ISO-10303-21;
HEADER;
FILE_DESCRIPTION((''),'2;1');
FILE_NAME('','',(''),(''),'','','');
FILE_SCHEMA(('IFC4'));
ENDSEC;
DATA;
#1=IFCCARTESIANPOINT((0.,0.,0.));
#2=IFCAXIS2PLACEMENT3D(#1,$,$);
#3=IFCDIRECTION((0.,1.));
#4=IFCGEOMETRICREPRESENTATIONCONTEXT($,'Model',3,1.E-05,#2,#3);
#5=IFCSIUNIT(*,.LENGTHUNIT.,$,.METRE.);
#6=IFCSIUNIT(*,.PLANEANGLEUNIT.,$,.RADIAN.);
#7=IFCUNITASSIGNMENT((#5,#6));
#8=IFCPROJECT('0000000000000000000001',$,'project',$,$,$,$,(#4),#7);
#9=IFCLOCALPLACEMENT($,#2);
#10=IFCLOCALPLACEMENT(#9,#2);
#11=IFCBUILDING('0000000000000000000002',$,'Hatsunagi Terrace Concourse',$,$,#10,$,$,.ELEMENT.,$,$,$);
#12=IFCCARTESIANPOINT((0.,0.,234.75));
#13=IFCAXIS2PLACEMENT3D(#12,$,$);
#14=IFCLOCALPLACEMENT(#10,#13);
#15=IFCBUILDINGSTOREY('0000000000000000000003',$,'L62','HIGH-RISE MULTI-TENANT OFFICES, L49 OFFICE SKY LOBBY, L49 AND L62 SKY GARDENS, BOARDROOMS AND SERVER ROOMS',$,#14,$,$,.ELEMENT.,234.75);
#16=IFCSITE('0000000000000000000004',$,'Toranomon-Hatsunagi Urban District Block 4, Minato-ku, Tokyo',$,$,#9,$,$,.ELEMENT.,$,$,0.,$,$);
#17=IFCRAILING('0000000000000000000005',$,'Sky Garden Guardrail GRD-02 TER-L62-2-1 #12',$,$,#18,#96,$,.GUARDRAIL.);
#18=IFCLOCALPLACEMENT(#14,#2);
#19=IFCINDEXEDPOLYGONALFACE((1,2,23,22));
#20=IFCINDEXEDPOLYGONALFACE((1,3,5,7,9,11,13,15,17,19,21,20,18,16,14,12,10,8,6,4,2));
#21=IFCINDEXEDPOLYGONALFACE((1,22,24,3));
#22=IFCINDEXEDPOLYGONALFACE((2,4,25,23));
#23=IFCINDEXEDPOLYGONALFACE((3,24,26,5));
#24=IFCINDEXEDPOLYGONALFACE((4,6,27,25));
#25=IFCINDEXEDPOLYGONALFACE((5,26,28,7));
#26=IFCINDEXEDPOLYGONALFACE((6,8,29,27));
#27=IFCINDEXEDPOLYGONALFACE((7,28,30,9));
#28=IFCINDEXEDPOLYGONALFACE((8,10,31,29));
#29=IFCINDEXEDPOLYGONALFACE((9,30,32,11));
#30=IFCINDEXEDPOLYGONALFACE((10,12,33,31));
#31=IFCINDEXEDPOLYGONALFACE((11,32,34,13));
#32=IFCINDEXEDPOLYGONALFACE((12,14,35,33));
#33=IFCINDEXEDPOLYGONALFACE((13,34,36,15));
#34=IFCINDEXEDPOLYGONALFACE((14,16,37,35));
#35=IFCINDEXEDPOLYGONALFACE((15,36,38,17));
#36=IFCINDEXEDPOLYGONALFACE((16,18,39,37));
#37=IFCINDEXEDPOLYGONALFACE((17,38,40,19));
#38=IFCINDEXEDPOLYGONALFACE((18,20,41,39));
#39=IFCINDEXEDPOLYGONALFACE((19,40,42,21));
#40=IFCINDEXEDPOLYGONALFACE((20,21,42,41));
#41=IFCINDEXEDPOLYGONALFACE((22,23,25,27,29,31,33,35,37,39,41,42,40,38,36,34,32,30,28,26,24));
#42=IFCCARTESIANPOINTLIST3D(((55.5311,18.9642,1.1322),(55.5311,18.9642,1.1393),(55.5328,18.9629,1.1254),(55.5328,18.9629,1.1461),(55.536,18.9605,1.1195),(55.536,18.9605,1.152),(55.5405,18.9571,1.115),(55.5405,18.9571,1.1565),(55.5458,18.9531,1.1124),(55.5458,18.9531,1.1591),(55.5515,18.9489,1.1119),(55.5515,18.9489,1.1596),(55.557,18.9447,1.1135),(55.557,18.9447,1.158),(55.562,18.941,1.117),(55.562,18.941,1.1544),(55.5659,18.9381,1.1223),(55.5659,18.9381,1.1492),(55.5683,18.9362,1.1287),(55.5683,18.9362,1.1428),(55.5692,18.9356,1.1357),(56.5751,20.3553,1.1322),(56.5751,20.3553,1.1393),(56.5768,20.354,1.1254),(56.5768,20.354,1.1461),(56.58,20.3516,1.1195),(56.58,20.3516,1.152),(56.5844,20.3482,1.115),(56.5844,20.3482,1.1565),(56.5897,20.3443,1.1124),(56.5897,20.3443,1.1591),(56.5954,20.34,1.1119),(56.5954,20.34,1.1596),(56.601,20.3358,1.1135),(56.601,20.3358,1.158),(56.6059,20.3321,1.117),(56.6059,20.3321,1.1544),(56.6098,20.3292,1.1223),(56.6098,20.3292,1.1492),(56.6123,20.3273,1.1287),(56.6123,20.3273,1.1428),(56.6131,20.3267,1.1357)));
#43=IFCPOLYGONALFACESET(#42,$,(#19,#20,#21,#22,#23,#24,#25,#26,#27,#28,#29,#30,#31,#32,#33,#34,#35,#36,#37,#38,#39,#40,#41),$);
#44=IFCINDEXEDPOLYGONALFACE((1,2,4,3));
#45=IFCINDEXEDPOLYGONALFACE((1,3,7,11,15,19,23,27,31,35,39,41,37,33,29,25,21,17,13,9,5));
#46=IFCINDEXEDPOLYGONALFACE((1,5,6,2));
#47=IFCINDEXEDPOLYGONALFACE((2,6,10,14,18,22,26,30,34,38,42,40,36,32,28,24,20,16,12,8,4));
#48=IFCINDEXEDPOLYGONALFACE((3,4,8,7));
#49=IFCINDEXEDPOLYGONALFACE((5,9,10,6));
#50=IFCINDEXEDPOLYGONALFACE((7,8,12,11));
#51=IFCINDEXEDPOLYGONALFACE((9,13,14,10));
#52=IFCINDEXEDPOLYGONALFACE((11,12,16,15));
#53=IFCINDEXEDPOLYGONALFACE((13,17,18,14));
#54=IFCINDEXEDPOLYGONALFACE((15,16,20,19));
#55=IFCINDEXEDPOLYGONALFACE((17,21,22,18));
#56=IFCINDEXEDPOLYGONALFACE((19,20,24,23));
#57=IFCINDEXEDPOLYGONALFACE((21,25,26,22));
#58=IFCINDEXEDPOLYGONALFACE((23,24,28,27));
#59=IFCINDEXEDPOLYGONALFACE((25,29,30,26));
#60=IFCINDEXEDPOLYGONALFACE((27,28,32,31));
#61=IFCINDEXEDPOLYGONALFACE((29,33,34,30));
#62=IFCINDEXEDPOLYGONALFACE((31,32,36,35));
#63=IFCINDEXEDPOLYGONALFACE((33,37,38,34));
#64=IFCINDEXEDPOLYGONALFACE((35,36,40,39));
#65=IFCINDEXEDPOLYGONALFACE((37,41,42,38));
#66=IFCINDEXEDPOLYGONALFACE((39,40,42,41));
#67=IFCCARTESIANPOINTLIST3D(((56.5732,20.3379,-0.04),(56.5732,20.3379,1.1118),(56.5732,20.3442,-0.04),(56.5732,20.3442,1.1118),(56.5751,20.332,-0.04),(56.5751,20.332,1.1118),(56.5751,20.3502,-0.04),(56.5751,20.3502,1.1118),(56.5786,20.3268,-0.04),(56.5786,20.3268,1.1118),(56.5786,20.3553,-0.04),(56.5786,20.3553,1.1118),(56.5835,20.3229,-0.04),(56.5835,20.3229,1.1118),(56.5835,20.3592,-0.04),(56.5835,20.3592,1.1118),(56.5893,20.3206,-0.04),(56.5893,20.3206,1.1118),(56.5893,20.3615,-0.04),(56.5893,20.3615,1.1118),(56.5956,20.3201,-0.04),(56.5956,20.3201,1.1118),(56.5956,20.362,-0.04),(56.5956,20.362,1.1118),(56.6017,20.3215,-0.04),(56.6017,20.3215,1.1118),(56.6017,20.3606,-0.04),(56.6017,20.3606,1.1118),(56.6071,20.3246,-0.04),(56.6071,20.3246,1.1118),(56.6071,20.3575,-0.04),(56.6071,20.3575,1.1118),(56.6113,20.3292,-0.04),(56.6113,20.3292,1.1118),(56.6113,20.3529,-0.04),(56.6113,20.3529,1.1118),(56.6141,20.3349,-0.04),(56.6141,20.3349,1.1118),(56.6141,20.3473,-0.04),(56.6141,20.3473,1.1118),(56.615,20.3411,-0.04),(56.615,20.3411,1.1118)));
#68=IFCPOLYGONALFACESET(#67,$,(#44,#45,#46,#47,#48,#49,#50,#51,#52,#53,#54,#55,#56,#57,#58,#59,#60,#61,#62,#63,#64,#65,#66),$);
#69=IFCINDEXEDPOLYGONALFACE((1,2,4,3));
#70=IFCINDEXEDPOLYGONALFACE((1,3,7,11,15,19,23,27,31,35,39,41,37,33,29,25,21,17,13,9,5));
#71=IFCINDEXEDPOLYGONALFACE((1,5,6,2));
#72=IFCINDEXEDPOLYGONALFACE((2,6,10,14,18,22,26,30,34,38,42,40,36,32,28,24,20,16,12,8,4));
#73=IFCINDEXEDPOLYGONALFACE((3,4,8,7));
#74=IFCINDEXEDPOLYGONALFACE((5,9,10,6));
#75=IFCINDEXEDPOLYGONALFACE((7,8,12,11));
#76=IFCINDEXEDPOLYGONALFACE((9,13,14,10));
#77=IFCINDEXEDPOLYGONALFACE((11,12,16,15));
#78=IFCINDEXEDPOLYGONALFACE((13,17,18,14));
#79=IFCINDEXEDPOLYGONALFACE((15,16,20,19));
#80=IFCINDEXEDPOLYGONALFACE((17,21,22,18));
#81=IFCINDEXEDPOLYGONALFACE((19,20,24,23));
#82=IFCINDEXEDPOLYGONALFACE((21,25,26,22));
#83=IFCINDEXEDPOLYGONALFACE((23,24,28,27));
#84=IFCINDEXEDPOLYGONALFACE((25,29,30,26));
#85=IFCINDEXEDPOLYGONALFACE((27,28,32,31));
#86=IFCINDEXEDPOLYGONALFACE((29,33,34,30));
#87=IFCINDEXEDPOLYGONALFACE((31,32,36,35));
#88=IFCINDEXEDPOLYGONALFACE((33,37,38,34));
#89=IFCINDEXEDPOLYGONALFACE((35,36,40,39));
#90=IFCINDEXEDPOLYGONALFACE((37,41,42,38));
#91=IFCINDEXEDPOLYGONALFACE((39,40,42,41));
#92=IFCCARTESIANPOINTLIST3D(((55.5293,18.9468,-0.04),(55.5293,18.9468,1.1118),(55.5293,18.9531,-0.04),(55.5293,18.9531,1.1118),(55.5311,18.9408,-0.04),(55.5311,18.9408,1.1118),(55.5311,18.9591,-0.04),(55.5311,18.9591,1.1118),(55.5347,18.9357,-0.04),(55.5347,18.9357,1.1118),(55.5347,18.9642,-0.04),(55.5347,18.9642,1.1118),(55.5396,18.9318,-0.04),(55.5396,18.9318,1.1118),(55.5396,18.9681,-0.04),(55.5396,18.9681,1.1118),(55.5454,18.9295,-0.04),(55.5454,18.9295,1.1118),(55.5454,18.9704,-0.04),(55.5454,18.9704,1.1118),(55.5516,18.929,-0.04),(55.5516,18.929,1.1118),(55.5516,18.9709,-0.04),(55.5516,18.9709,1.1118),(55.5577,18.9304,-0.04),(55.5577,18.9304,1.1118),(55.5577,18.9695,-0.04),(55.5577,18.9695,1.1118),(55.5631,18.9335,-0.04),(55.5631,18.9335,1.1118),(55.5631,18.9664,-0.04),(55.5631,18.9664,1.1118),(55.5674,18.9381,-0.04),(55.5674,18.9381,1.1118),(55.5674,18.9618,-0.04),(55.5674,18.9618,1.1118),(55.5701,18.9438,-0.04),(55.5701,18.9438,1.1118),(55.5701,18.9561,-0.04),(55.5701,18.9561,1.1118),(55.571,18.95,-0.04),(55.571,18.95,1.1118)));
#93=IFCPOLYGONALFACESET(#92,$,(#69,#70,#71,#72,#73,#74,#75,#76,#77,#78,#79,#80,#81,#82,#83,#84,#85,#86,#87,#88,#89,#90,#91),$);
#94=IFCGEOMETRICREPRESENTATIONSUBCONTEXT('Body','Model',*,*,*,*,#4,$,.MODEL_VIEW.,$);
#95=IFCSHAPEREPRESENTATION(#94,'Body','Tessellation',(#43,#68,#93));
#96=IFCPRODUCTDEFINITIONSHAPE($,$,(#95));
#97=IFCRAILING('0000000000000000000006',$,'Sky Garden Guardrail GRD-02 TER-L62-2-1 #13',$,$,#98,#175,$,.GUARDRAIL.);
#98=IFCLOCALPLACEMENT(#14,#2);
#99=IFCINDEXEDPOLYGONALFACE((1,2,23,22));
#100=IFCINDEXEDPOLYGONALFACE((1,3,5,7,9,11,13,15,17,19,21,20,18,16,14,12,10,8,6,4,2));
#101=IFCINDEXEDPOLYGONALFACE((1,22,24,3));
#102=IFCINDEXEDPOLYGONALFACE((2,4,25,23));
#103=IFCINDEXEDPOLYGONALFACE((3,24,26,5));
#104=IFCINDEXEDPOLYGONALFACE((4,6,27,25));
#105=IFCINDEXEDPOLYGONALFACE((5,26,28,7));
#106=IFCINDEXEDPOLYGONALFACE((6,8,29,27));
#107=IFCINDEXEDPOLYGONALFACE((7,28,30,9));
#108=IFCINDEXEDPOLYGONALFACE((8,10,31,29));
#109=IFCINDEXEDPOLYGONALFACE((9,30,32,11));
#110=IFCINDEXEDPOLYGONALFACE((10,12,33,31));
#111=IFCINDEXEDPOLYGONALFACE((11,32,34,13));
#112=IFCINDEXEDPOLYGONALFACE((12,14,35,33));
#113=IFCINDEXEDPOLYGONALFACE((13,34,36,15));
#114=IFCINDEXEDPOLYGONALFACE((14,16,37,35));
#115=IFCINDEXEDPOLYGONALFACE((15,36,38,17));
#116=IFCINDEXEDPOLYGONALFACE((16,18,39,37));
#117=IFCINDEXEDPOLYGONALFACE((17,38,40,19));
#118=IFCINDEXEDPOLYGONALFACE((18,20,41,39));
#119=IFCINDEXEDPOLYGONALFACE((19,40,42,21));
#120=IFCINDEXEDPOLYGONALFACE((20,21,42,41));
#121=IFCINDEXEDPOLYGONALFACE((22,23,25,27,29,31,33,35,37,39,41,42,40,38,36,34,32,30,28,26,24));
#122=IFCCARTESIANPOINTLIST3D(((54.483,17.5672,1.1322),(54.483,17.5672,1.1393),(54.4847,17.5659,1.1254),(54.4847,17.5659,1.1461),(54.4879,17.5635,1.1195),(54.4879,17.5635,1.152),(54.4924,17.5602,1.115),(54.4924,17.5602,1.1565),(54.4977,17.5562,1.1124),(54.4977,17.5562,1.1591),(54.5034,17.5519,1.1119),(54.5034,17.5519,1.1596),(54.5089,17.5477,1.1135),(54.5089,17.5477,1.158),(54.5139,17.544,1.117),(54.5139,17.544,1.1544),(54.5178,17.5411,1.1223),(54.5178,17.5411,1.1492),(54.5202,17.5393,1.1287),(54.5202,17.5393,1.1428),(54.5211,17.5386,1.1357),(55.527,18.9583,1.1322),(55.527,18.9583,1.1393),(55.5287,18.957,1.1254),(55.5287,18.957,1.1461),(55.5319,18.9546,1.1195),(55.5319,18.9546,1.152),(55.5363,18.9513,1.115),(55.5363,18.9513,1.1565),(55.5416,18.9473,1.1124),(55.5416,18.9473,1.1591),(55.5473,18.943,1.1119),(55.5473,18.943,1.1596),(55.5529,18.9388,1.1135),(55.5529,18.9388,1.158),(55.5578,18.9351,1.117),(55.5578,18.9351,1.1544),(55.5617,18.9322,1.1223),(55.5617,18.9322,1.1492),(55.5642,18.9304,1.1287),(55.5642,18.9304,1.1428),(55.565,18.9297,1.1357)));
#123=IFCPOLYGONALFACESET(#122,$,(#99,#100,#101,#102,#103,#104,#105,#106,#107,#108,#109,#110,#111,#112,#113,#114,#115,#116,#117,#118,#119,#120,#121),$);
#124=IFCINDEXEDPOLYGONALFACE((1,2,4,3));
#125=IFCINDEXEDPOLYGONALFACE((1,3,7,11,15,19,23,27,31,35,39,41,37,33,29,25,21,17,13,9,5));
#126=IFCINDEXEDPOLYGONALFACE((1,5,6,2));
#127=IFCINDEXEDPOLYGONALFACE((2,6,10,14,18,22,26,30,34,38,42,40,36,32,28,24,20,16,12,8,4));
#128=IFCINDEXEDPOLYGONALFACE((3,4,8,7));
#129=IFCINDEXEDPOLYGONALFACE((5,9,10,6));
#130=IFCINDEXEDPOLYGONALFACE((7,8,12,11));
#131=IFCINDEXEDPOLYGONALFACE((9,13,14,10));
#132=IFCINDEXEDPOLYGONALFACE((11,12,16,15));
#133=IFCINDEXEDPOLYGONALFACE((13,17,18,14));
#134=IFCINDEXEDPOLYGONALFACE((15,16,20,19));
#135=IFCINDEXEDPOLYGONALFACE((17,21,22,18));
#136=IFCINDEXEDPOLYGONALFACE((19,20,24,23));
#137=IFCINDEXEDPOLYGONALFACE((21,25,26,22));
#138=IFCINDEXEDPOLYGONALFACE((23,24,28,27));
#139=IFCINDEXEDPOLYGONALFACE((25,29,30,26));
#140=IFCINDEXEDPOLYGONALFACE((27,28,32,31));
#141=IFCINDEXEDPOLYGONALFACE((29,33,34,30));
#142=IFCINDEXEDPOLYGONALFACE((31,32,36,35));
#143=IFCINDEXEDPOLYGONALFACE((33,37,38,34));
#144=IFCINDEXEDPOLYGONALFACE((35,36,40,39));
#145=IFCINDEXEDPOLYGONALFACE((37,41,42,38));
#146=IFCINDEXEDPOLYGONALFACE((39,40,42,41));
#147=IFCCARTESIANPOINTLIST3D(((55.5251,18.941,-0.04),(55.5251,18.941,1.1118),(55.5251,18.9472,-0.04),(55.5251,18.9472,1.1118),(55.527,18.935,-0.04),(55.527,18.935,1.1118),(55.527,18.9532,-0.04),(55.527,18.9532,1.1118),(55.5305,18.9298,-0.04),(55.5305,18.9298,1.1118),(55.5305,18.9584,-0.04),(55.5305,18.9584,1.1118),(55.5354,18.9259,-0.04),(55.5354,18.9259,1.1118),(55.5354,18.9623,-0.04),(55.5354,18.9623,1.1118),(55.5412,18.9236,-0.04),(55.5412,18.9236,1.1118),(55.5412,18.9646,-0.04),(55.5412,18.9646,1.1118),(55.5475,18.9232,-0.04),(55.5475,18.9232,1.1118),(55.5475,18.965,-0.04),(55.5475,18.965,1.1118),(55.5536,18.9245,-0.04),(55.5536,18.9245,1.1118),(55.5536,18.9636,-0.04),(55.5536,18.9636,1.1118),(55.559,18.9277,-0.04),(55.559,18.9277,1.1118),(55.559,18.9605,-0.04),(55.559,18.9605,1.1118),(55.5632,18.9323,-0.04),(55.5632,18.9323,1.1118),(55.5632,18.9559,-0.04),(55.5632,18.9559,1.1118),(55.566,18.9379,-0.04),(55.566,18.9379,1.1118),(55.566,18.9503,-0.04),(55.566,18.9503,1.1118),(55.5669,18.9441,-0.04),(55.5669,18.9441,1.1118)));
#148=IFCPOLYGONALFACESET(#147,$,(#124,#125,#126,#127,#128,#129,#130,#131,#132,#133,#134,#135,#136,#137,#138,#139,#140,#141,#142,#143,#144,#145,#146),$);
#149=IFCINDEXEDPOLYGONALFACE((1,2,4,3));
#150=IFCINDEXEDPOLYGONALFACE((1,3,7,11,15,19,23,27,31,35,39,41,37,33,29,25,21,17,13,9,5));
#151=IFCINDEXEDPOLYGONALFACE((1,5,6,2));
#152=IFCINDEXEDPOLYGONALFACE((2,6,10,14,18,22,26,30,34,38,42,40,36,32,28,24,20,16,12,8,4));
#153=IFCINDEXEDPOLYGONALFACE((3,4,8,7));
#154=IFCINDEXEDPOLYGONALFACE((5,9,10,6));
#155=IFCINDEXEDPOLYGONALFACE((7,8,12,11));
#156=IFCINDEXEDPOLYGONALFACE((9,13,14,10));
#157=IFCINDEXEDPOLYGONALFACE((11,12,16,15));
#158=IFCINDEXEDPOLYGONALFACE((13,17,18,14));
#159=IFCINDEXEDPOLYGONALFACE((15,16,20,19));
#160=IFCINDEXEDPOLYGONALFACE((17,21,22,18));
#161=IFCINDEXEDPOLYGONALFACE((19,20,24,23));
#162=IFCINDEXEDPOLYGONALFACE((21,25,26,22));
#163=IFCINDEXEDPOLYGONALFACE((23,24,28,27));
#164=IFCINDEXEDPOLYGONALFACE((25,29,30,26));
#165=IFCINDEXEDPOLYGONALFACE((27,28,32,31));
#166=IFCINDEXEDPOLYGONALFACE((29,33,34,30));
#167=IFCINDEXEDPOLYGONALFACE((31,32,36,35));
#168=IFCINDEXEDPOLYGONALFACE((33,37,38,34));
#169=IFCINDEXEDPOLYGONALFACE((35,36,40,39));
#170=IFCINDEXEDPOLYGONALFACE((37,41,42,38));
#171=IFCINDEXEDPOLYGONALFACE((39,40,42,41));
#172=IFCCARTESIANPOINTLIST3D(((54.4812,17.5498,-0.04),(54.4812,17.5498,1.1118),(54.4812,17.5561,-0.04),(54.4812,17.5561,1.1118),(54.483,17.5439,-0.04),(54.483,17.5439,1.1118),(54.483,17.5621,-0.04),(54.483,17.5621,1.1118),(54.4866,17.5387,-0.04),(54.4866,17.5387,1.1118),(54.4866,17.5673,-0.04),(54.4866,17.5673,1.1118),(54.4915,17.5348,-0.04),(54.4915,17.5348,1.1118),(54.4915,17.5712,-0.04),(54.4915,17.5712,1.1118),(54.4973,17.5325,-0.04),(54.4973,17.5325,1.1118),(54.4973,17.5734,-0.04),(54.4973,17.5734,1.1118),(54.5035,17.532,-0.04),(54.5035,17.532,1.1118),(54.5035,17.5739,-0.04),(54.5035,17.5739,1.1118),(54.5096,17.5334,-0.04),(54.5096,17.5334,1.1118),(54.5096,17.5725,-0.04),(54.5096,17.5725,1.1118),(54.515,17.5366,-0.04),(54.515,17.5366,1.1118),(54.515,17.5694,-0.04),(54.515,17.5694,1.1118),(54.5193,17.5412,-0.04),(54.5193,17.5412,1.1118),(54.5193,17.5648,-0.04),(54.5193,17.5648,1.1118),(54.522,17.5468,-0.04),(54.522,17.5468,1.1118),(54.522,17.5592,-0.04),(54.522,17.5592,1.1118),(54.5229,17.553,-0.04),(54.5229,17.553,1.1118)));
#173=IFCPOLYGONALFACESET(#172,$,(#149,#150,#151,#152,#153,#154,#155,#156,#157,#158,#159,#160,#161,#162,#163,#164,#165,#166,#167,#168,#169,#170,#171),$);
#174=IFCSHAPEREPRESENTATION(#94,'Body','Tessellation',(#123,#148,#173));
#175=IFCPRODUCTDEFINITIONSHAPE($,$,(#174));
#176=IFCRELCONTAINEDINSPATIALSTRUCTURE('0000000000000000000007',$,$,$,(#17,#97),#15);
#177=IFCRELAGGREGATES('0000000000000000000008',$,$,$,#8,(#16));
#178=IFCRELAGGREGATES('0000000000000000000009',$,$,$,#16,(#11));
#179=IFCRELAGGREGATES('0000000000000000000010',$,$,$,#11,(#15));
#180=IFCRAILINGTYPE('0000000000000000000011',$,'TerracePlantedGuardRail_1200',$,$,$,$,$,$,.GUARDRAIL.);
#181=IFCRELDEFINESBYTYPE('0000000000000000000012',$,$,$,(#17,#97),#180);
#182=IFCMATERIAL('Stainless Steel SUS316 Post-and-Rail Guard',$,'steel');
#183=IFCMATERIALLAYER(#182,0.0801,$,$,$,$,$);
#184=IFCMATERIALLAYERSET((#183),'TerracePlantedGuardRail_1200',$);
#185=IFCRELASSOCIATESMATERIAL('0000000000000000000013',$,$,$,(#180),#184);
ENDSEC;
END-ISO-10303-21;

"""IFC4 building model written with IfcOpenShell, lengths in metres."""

from ifc_helpers import new_model, si_unit, direction, frame, origin, origin_2d, place, context, subcontext, project, spatial, circle, extrude, material, layer, layer_set, type_object, element, save


model = new_model("IFC4")

# Units and contexts
model_context = context("Model", 3, precision=1e-05, world=origin(), true_north=direction((0.0, 1.0)))
body_context = subcontext(model_context, "Body", "Model", "MODEL_VIEW")
ifc_project = project(units=[si_unit("LENGTHUNIT", "METRE"), si_unit("PLANEANGLEUNIT", "RADIAN")], contexts=[model_context])

# Site, building, storey
site_placement = place(None, origin())
site = spatial("IfcSite", under=ifc_project, at=site_placement, Name="Toranomon-Hatsunagi Urban District Block 4, Minato-ku, Tokyo", CompositionType="ELEMENT", RefElevation=0.0)
building_placement = place(site_placement, origin())
building = spatial("IfcBuilding", under=site, at=building_placement, Name="Hatsunagi Terrace Concourse", CompositionType="ELEMENT")
storey_placement = place(building_placement, frame((0.0, 0.0, 234.75)))
storey = spatial("IfcBuildingStorey", under=building, at=storey_placement, Name="L62", Description="HIGH-RISE MULTI-TENANT OFFICES, L49 OFFICE SKY LOBBY, L49 AND L62 SKY GARDENS, BOARDROOMS AND SERVER ROOMS", CompositionType="ELEMENT", Elevation=234.75)

# Railings
ifc_material_1 = material(Name="Stainless Steel SUS316 Post-and-Rail Guard", Category="steel")
ifc_layer_1 = layer(ifc_material_1, 0.0801)
ifc_layer_set_1 = layer_set([ifc_layer_1], Name="TerracePlantedGuardRail_1200")
railing_type = type_object("IfcRailingType", Name="TerracePlantedGuardRail_1200", PredefinedType="GUARDRAIL", material=ifc_layer_set_1)
for number, where, name in (
    (1, (56.594, 20.3411, -0.04), "Sky Garden Guardrail GRD-02 TER-L62-2-1 #12"),
    (2, (55.5459, 18.9441, -0.04), "Sky Garden Guardrail GRD-02 TER-L62-2-1 #13"),
):
    element("IfcRailing", number, at=place(storey_placement, frame(where)), inside=storey, type_object=railing_type, Name=name, PredefinedType="GUARDRAIL", context=body_context, shape_type="SweptSolid", body=[
        extrude(circle(Radius=0.0239, at=origin_2d()), frame((0.0, 0.0, 1.1758), z_axis=(-0.600225, -0.799832, 0.0), x_axis=(0.799832, -0.600225, 0.0)), (0.0, 0.0, 1.0), 1.7393),
        extrude(circle(Radius=0.021, at=origin_2d()), origin(), (0.0, 0.0, 1.0), 1.1519),
        extrude(circle(Radius=0.021, at=origin_2d()), frame((-1.0439, -1.3911, 0.0)), (0.0, 0.0, 1.0), 1.1519),
    ])

save(model, "model.ifc")
